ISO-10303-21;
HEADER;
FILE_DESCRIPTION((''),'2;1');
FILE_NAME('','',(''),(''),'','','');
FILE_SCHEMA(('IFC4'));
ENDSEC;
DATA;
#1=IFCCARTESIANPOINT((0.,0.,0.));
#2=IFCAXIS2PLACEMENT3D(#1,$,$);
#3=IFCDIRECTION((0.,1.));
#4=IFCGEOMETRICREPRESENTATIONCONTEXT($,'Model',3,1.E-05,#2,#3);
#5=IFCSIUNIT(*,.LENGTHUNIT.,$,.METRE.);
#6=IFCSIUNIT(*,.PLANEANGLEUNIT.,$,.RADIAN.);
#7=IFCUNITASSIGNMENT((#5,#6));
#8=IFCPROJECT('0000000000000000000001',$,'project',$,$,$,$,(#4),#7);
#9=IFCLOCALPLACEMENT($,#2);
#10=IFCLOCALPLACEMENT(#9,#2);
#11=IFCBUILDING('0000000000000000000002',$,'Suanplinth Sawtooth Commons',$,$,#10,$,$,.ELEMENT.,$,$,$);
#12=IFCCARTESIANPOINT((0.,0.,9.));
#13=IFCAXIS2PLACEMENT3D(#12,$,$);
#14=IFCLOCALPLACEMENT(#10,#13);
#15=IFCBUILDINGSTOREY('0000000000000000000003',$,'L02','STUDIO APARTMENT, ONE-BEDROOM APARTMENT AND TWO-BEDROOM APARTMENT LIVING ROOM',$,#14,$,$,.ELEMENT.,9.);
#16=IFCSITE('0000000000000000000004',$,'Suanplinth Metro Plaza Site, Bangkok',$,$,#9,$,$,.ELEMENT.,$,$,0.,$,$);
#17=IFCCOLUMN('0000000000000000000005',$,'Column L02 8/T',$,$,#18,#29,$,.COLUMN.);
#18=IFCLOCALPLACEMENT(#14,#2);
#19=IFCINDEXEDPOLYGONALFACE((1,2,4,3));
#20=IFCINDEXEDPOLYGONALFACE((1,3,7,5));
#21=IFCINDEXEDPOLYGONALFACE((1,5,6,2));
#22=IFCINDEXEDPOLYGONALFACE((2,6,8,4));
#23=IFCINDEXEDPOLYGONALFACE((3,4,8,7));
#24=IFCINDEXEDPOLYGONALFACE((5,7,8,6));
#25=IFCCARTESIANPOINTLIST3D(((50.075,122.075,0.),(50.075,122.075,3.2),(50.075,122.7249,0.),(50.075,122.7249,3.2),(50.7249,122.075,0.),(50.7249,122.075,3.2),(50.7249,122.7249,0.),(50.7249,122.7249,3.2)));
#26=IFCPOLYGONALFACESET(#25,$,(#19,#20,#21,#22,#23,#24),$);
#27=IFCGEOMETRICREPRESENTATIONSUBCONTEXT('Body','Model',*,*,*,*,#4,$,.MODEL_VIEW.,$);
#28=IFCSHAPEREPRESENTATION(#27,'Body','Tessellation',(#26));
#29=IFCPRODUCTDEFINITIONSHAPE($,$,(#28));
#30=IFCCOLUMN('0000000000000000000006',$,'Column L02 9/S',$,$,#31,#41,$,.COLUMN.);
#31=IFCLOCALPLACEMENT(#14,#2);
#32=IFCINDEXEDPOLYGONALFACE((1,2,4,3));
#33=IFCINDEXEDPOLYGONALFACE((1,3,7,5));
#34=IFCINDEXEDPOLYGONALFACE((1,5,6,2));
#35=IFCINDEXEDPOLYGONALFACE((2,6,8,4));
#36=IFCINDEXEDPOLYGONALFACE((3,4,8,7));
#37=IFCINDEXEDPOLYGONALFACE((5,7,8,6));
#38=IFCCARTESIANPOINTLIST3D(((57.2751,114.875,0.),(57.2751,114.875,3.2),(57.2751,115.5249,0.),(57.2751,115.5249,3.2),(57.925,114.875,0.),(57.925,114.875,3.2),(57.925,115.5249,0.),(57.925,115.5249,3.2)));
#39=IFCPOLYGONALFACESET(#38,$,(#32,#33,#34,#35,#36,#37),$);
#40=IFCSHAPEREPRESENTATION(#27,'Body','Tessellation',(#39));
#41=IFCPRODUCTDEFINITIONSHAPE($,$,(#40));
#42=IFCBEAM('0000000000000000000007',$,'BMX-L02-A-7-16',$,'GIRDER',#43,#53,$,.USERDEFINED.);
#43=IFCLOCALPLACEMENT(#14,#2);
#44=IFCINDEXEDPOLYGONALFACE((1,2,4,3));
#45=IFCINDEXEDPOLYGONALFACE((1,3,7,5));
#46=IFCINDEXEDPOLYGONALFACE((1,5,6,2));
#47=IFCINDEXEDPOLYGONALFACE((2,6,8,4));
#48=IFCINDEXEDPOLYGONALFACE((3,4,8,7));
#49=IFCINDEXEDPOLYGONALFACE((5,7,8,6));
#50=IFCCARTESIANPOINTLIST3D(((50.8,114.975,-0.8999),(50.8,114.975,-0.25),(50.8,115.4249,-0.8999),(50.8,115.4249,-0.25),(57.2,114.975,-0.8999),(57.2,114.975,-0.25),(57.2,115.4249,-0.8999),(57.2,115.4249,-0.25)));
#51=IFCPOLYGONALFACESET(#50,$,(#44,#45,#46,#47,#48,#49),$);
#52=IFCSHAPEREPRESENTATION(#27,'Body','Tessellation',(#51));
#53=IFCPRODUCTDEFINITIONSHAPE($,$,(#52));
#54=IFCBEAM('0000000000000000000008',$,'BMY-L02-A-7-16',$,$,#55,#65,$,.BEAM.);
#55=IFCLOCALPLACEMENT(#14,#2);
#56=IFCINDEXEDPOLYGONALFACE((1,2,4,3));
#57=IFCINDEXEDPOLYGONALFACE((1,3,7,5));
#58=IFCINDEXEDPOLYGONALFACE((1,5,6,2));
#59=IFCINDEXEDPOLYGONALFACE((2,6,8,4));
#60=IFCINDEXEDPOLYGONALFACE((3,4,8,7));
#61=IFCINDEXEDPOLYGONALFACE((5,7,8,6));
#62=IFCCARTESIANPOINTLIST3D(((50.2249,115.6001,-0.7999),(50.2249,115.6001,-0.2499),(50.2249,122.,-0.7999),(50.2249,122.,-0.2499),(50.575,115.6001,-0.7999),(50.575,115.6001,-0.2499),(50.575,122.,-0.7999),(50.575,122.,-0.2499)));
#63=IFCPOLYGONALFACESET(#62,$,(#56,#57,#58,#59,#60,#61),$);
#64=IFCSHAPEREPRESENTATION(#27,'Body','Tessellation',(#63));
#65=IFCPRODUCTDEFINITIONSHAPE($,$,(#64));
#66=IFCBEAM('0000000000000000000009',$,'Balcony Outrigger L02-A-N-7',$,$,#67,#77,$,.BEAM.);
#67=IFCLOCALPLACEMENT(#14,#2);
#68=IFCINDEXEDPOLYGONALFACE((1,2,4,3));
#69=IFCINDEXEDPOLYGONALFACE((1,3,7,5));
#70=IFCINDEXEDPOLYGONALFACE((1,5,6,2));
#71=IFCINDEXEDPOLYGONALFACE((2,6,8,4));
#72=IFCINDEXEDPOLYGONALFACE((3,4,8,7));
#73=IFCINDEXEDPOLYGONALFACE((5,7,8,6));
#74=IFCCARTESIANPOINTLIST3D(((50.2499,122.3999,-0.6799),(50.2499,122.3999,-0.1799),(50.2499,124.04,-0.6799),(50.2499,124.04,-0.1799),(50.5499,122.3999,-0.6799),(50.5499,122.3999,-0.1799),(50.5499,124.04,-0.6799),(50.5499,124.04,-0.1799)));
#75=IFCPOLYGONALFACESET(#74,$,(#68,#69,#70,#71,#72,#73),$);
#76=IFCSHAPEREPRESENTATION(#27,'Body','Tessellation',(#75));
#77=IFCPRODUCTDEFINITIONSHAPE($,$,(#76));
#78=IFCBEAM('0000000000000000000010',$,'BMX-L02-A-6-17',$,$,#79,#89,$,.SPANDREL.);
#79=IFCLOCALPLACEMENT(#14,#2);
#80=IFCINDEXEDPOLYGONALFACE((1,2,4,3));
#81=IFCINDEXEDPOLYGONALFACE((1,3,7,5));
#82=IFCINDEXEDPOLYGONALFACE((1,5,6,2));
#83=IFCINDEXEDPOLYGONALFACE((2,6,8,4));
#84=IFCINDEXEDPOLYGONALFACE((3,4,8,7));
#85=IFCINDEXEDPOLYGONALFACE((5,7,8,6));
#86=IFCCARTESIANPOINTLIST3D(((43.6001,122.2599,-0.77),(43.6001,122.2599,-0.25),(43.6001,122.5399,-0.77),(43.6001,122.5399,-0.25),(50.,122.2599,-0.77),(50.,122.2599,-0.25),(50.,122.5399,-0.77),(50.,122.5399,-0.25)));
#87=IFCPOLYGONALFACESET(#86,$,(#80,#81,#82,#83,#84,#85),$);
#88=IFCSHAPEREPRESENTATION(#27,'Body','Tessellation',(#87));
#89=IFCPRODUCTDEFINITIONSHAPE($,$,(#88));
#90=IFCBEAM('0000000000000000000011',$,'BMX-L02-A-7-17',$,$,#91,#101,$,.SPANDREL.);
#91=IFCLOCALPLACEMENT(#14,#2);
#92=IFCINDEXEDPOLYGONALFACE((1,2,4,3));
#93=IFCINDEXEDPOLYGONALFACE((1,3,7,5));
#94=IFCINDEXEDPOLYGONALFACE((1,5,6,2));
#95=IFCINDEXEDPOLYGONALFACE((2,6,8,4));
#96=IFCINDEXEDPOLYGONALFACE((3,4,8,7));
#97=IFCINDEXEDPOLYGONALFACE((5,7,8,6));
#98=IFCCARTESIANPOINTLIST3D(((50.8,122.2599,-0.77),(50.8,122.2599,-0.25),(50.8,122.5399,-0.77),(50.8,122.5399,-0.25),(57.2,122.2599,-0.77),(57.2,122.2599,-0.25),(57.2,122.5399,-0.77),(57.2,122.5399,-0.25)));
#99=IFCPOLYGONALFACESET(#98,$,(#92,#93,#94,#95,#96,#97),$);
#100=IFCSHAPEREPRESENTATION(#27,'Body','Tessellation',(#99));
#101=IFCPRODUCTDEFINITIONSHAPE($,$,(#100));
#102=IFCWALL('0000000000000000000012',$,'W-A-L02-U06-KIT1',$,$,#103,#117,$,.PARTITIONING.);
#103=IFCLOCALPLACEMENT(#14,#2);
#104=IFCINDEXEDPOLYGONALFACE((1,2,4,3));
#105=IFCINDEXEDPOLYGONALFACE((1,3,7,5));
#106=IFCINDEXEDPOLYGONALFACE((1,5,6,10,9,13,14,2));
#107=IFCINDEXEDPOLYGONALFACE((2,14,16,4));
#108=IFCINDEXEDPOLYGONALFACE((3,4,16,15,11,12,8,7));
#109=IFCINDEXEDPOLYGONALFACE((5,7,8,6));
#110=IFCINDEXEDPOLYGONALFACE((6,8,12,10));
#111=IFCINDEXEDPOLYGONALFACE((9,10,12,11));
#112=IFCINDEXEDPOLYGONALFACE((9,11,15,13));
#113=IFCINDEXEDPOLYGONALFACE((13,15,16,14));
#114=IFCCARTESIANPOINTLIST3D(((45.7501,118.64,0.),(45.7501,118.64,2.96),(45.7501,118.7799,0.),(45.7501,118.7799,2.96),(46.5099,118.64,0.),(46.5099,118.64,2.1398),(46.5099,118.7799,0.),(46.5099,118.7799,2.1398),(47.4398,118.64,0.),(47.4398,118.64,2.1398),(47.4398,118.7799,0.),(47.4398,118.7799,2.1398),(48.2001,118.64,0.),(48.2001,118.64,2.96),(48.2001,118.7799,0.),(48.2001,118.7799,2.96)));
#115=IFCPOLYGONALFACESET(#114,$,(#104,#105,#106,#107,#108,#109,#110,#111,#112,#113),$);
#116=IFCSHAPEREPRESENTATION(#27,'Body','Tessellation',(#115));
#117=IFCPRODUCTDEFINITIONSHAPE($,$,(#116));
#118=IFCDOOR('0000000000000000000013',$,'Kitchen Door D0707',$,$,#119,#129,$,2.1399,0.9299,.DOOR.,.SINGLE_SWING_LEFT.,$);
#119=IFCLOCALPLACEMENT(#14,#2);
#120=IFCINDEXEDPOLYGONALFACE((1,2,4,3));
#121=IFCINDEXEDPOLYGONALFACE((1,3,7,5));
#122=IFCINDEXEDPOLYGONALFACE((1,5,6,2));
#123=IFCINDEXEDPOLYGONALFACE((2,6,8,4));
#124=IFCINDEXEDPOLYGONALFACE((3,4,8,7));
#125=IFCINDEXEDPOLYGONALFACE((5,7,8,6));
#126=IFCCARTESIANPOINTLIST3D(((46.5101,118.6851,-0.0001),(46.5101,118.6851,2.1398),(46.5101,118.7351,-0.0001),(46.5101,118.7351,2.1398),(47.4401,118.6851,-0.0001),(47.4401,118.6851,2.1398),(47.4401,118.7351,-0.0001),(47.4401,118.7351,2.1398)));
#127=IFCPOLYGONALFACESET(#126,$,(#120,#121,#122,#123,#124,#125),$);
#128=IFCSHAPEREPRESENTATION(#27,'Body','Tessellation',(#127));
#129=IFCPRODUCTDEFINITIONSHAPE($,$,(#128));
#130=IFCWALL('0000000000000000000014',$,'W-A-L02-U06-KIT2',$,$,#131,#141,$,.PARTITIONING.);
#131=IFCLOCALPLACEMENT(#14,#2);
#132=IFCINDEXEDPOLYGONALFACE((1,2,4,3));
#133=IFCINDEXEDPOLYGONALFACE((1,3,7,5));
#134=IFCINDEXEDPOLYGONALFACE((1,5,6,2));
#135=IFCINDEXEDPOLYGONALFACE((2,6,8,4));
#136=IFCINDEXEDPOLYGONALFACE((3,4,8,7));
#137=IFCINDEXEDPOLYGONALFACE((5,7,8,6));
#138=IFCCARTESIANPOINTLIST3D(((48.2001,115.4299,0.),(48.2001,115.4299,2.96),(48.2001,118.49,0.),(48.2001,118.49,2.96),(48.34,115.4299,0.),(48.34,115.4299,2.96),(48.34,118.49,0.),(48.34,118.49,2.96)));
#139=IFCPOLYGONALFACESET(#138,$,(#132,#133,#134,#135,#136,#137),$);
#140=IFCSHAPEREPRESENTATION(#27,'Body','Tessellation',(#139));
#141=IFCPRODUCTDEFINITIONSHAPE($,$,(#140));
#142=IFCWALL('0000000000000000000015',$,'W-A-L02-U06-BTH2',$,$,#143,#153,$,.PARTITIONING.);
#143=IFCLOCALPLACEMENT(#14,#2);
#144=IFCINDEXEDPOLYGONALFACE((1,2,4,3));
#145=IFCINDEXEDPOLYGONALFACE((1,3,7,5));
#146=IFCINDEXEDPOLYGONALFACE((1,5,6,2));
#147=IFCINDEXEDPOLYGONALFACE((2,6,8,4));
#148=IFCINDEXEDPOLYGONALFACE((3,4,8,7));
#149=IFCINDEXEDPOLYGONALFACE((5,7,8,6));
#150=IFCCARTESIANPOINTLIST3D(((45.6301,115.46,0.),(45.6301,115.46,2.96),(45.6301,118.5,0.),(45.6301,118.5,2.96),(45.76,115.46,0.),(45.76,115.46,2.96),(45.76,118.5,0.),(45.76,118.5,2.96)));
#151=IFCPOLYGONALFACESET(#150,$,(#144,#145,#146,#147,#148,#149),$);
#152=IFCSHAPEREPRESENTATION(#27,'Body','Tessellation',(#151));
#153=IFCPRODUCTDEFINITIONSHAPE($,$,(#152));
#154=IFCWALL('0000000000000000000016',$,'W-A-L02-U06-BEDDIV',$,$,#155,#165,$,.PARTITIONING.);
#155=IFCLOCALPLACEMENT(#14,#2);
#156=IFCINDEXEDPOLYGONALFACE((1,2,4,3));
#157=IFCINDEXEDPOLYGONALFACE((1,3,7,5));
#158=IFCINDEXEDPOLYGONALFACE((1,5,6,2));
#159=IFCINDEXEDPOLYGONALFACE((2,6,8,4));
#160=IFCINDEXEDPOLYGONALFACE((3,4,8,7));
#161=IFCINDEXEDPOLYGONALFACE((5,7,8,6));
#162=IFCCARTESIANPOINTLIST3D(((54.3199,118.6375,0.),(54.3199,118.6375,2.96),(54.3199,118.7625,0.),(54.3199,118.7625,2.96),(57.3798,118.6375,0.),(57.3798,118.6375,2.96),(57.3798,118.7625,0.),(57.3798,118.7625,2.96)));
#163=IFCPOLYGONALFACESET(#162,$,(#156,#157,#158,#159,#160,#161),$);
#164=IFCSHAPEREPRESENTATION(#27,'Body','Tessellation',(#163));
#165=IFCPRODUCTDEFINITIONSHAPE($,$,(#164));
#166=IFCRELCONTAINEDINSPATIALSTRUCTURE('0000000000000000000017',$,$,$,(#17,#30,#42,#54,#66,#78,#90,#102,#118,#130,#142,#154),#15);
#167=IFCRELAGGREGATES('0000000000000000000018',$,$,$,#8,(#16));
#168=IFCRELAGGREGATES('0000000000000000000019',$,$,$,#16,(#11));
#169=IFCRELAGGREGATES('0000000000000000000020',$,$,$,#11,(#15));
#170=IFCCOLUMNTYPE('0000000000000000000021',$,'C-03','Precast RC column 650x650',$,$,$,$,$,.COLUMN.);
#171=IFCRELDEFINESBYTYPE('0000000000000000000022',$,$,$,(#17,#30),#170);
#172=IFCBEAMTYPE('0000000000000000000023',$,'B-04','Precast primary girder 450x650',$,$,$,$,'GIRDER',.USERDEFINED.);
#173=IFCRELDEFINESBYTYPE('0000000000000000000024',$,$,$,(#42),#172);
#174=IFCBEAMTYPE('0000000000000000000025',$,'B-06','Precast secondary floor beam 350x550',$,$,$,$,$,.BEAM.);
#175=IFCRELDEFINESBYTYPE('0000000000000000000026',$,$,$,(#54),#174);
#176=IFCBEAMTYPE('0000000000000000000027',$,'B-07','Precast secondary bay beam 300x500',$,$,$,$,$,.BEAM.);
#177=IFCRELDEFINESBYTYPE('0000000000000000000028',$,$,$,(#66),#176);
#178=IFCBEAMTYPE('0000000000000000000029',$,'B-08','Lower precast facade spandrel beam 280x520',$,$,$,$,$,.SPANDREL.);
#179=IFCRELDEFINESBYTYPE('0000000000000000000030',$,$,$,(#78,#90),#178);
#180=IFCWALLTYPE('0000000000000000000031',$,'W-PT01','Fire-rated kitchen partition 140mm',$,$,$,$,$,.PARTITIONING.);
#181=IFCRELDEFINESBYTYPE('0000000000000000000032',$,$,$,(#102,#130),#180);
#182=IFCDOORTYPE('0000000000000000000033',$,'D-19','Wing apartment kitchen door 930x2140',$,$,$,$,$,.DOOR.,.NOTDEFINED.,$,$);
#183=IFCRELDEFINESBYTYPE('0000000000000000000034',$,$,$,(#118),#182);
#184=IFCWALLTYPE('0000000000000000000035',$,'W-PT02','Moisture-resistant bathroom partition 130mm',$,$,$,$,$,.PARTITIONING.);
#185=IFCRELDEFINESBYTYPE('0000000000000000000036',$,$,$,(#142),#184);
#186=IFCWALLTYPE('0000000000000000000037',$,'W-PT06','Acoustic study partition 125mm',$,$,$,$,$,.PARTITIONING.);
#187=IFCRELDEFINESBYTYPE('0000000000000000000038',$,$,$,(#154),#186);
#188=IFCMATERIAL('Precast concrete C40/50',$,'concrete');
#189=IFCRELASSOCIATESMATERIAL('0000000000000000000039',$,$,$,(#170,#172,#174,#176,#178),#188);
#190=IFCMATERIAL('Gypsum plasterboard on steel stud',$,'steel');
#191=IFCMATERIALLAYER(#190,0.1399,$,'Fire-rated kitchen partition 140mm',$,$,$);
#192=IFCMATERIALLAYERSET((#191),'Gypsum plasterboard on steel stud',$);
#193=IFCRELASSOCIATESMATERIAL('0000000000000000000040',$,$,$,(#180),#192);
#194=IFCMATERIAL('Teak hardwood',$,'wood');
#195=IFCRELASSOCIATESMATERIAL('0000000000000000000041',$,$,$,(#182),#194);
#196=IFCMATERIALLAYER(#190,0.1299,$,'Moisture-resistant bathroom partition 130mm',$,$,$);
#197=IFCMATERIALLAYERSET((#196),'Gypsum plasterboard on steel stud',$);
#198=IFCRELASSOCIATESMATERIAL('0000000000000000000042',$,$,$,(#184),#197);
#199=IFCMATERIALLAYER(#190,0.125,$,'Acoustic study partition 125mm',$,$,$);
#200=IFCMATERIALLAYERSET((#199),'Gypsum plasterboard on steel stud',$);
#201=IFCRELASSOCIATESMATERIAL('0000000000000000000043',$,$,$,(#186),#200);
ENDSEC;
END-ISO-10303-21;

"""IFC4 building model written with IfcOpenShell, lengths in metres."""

from ifc_helpers import new_model, si_unit, direction, frame, frame_2d, origin, origin_2d, place, context, subcontext, project, spatial, rectangle, extrude, material, layer, layer_set, material_profile, profile_set, type_object, element, fill, save


model = new_model("IFC4")

# Units and contexts
model_context = context("Model", 3, precision=1e-05, world=origin(), true_north=direction((0.0, 1.0)))
body_context = subcontext(model_context, "Body", "Model", "MODEL_VIEW")
ifc_project = project(units=[si_unit("LENGTHUNIT", "METRE"), si_unit("PLANEANGLEUNIT", "RADIAN")], contexts=[model_context])

# Site, building, storey
site_placement = place(None, origin())
site = spatial("IfcSite", under=ifc_project, at=site_placement, Name="Suanplinth Metro Plaza Site, Bangkok", CompositionType="ELEMENT", RefElevation=0.0)
building_placement = place(site_placement, origin())
building = spatial("IfcBuilding", under=site, at=building_placement, Name="Suanplinth Sawtooth Commons", CompositionType="ELEMENT")
storey_placement = place(building_placement, frame((0.0, 0.0, 9.0)))
storey = spatial("IfcBuildingStorey", under=building, at=storey_placement, Name="L02", Description="STUDIO APARTMENT, ONE-BEDROOM APARTMENT AND TWO-BEDROOM APARTMENT LIVING ROOM", CompositionType="ELEMENT", Elevation=9.0)

# Columns
ifc_material_1 = material(Name="Precast concrete C40/50", Category="concrete")
ifc_material_profile_1 = material_profile(ifc_material_1, rectangle(XDim=0.6499, YDim=0.6499, at=origin_2d()), Name="PC-COL 650x650")
ifc_profile_set_1 = profile_set([ifc_material_profile_1], Name="Precast concrete C40/50")
column_type = type_object("IfcColumnType", Name="C-03", Description="Precast RC column 650x650", PredefinedType="COLUMN", material=ifc_profile_set_1)
for number, where, z_axis, x_axis, name in (
    (1, (50.3999, 122.3999, 0.0), (0.0, 0.0, 1.0), (1.0, 0.0, 0.0), "Column L02 8/T"),
    (2, (57.6001, 115.2, 0.0), (0.0, 0.0, 1.0), (1.0, 0.0, 0.0), "Column L02 9/S"),
):
    element("IfcColumn", number, at=place(storey_placement, frame(where, z_axis=z_axis, x_axis=x_axis)), inside=storey, type_object=column_type, Name=name, PredefinedType="COLUMN", context=body_context, shape_type="SweptSolid", body=[
        extrude(rectangle(XDim=0.6499, YDim=0.6499, at=origin_2d()), origin(), (0.0, 0.0, 1.0), 3.2),
    ])

# Beams
ifc_material_profile_2 = material_profile(ifc_material_1, rectangle(XDim=0.45, YDim=0.6499, at=origin_2d()), Name="PC-GDR 450x650")
ifc_profile_set_2 = profile_set([ifc_material_profile_2], Name="Precast concrete C40/50")
beam_type_1 = type_object("IfcBeamType", Name="B-04", Description="Precast primary girder 450x650", ElementType="GIRDER", PredefinedType="USERDEFINED", material=ifc_profile_set_2)
beam_1_placement = place(storey_placement, frame((50.8, 115.2, -0.575), z_axis=(1.0, 0.0, 0.0), x_axis=(0.0, 1.0, 0.0)))
element("IfcBeam", 3, at=beam_1_placement, inside=storey, type_object=beam_type_1, Name="BMX-L02-A-7-16", ObjectType="GIRDER", PredefinedType="USERDEFINED", context=body_context, shape_type="SweptSolid", body=[
    extrude(rectangle(XDim=0.45, YDim=0.6499, at=origin_2d()), origin(), (0.0, 0.0, 1.0), 6.3999),
])
ifc_material_profile_3 = material_profile(ifc_material_1, rectangle(XDim=0.3501, YDim=0.55, at=origin_2d()), Name="PC-BM 350x550")
ifc_profile_set_3 = profile_set([ifc_material_profile_3], Name="Precast concrete C40/50")
beam_type_2 = type_object("IfcBeamType", Name="B-06", Description="Precast secondary floor beam 350x550", PredefinedType="BEAM", material=ifc_profile_set_3)
beam_2_placement = place(storey_placement, frame((50.3999, 115.6001, -0.5249), z_axis=(0.0, 1.0, 0.0), x_axis=(-1.0, 0.0, 0.0)))
element("IfcBeam", 4, at=beam_2_placement, inside=storey, type_object=beam_type_2, Name="BMY-L02-A-7-16", PredefinedType="BEAM", context=body_context, shape_type="SweptSolid", body=[
    extrude(rectangle(XDim=0.3501, YDim=0.55, at=origin_2d()), origin(), (0.0, 0.0, 1.0), 6.3999),
])
ifc_material_profile_4 = material_profile(ifc_material_1, rectangle(XDim=0.3, YDim=0.5, at=origin_2d()), Name="PC-BM 300x500")
ifc_profile_set_4 = profile_set([ifc_material_profile_4], Name="Precast concrete C40/50")
beam_type_3 = type_object("IfcBeamType", Name="B-07", Description="Precast secondary bay beam 300x500", PredefinedType="BEAM", material=ifc_profile_set_4)
beam_3_placement = place(storey_placement, frame((50.3999, 122.3999, -0.4299), z_axis=(0.0, 1.0, 0.0), x_axis=(-1.0, 0.0, 0.0)))
element("IfcBeam", 5, at=beam_3_placement, inside=storey, type_object=beam_type_3, Name="Balcony Outrigger L02-A-N-7", PredefinedType="BEAM", context=body_context, shape_type="SweptSolid", body=[
    extrude(rectangle(XDim=0.3, YDim=0.5, at=origin_2d()), origin(), (0.0, 0.0, 1.0), 1.6401),
])
ifc_material_profile_5 = material_profile(ifc_material_1, rectangle(XDim=0.28, YDim=0.52, at=origin_2d()), Name="PC-SP 280x520")
ifc_profile_set_5 = profile_set([ifc_material_profile_5], Name="Precast concrete C40/50")
beam_type_4 = type_object("IfcBeamType", Name="B-08", Description="Lower precast facade spandrel beam 280x520", PredefinedType="SPANDREL", material=ifc_profile_set_5)
for number, where, z_axis, x_axis, name in (
    (6, (43.6001, 122.3999, -0.51), (1.0, 0.0, 0.0), (0.0, 1.0, 0.0), "BMX-L02-A-6-17"),
    (7, (50.8, 122.3999, -0.51), (1.0, 0.0, 0.0), (0.0, 1.0, 0.0), "BMX-L02-A-7-17"),
):
    element("IfcBeam", number, at=place(storey_placement, frame(where, z_axis=z_axis, x_axis=x_axis)), inside=storey, type_object=beam_type_4, Name=name, PredefinedType="SPANDREL", context=body_context, shape_type="SweptSolid", body=[
        extrude(rectangle(XDim=0.28, YDim=0.52, at=origin_2d()), origin(), (0.0, 0.0, 1.0), 6.3999),
    ])

# Wall, opening, door
ifc_material_2 = material(Name="Gypsum plasterboard on steel stud", Category="steel")
ifc_layer_1 = layer(ifc_material_2, 0.1399, Name="Fire-rated kitchen partition 140mm")
ifc_layer_set_1 = layer_set([ifc_layer_1], Name="Gypsum plasterboard on steel stud")
wall_type_1 = type_object("IfcWallType", Name="W-PT01", Description="Fire-rated kitchen partition 140mm", PredefinedType="PARTITIONING", material=ifc_layer_set_1)
wall_1_placement = place(storey_placement, frame((45.75, 118.71, 0.0), z_axis=(0.0, 0.0, 1.0), x_axis=(1.0, 0.0, 0.0)))
wall_1 = element("IfcWall", 8, at=wall_1_placement, inside=storey, type_object=wall_type_1, Name="W-A-L02-U06-KIT1", PredefinedType="PARTITIONING", context=body_context, shape_type="SweptSolid", body=[
    extrude(rectangle(XDim=2.45, YDim=0.1399, at=frame_2d((1.2251, 0.0))), origin(), (0.0, 0.0, 1.0), 2.96),
])
opening_1_placement = place(wall_1_placement, frame((0.76, 0.0, 0.0)))
opening_1 = element("IfcOpeningElement", 9, at=opening_1_placement, cuts=wall_1, PredefinedType="OPENING", context=body_context, shape_type="SweptSolid", body=[
    extrude(rectangle(XDim=0.9299, YDim=2.1399, at=frame_2d((0.4648, 1.0698))), frame((0.0, 0.085, 0.0), z_axis=(0.0, -1.0, 0.0), x_axis=(1.0, 0.0, 0.0)), (0.0, 0.0, 1.0), 0.1697),
])
ifc_material_3 = material(Name="Teak hardwood", Category="wood")
door_type_1 = type_object("IfcDoorType", Name="D-19", Description="Wing apartment kitchen door 930x2140", OperationType="NOTDEFINED", PredefinedType="DOOR", material=ifc_material_3)
door_1_placement = place(opening_1_placement, frame((0.9299, 0.0, 0.0), z_axis=(0.0, 0.0, 1.0), x_axis=(-1.0, 0.0, 0.0)))
door_1 = element("IfcDoor", 10, at=door_1_placement, inside=storey, type_object=door_type_1, Name="Kitchen Door D0707", OperationType="SINGLE_SWING_LEFT", OverallHeight=2.1399, OverallWidth=0.9299, PredefinedType="DOOR", context=body_context, shape_type="SweptSolid", body=[
    extrude(rectangle(XDim=0.9299, YDim=2.1399, at=frame_2d((0.4648, 1.0698))), frame((0.0, 0.0249, 0.0), z_axis=(0.0, -1.0, 0.0), x_axis=(1.0, 0.0, 0.0)), (0.0, 0.0, 1.0), 0.05),
])
fill(opening_1, door_1)

# Walls
wall_2_placement = place(storey_placement, frame((48.27, 115.4299, 0.0), z_axis=(0.0, 0.0, 1.0), x_axis=(0.0, 1.0, 0.0)))
element("IfcWall", 11, at=wall_2_placement, inside=storey, type_object=wall_type_1, Name="W-A-L02-U06-KIT2", PredefinedType="PARTITIONING", context=body_context, shape_type="SweptSolid", body=[
    extrude(rectangle(XDim=3.0601, YDim=0.1399, at=frame_2d((1.53, 0.0))), origin(), (0.0, 0.0, 1.0), 2.96),
])
ifc_layer_2 = layer(ifc_material_2, 0.1299, Name="Moisture-resistant bathroom partition 130mm")
ifc_layer_set_2 = layer_set([ifc_layer_2], Name="Gypsum plasterboard on steel stud")
wall_type_2 = type_object("IfcWallType", Name="W-PT02", Description="Moisture-resistant bathroom partition 130mm", PredefinedType="PARTITIONING", material=ifc_layer_set_2)
wall_3_placement = place(storey_placement, frame((45.6951, 115.46, 0.0), z_axis=(0.0, 0.0, 1.0), x_axis=(0.0, 1.0, 0.0)))
element("IfcWall", 12, at=wall_3_placement, inside=storey, type_object=wall_type_2, Name="W-A-L02-U06-BTH2", PredefinedType="PARTITIONING", context=body_context, shape_type="SweptSolid", body=[
    extrude(rectangle(XDim=3.04, YDim=0.1299, at=frame_2d((1.52, 0.0))), origin(), (0.0, 0.0, 1.0), 2.96),
])

# Wall
ifc_layer_3 = layer(ifc_material_2, 0.125, Name="Acoustic study partition 125mm")
ifc_layer_set_3 = layer_set([ifc_layer_3], Name="Gypsum plasterboard on steel stud")
wall_type_3 = type_object("IfcWallType", Name="W-PT06", Description="Acoustic study partition 125mm", PredefinedType="PARTITIONING", material=ifc_layer_set_3)
wall_4_placement = place(storey_placement, frame((54.3201, 118.7, 0.0), z_axis=(0.0, 0.0, 1.0), x_axis=(1.0, 0.0, 0.0)))
element("IfcWall", 13, at=wall_4_placement, inside=storey, type_object=wall_type_3, Name="W-A-L02-U06-BEDDIV", PredefinedType="PARTITIONING", context=body_context, shape_type="SweptSolid", body=[
    extrude(rectangle(XDim=3.0598, YDim=0.125, at=frame_2d((1.5298, 0.0))), origin(), (0.0, 0.0, 1.0), 2.96),
])

save(model, "model.ifc")
